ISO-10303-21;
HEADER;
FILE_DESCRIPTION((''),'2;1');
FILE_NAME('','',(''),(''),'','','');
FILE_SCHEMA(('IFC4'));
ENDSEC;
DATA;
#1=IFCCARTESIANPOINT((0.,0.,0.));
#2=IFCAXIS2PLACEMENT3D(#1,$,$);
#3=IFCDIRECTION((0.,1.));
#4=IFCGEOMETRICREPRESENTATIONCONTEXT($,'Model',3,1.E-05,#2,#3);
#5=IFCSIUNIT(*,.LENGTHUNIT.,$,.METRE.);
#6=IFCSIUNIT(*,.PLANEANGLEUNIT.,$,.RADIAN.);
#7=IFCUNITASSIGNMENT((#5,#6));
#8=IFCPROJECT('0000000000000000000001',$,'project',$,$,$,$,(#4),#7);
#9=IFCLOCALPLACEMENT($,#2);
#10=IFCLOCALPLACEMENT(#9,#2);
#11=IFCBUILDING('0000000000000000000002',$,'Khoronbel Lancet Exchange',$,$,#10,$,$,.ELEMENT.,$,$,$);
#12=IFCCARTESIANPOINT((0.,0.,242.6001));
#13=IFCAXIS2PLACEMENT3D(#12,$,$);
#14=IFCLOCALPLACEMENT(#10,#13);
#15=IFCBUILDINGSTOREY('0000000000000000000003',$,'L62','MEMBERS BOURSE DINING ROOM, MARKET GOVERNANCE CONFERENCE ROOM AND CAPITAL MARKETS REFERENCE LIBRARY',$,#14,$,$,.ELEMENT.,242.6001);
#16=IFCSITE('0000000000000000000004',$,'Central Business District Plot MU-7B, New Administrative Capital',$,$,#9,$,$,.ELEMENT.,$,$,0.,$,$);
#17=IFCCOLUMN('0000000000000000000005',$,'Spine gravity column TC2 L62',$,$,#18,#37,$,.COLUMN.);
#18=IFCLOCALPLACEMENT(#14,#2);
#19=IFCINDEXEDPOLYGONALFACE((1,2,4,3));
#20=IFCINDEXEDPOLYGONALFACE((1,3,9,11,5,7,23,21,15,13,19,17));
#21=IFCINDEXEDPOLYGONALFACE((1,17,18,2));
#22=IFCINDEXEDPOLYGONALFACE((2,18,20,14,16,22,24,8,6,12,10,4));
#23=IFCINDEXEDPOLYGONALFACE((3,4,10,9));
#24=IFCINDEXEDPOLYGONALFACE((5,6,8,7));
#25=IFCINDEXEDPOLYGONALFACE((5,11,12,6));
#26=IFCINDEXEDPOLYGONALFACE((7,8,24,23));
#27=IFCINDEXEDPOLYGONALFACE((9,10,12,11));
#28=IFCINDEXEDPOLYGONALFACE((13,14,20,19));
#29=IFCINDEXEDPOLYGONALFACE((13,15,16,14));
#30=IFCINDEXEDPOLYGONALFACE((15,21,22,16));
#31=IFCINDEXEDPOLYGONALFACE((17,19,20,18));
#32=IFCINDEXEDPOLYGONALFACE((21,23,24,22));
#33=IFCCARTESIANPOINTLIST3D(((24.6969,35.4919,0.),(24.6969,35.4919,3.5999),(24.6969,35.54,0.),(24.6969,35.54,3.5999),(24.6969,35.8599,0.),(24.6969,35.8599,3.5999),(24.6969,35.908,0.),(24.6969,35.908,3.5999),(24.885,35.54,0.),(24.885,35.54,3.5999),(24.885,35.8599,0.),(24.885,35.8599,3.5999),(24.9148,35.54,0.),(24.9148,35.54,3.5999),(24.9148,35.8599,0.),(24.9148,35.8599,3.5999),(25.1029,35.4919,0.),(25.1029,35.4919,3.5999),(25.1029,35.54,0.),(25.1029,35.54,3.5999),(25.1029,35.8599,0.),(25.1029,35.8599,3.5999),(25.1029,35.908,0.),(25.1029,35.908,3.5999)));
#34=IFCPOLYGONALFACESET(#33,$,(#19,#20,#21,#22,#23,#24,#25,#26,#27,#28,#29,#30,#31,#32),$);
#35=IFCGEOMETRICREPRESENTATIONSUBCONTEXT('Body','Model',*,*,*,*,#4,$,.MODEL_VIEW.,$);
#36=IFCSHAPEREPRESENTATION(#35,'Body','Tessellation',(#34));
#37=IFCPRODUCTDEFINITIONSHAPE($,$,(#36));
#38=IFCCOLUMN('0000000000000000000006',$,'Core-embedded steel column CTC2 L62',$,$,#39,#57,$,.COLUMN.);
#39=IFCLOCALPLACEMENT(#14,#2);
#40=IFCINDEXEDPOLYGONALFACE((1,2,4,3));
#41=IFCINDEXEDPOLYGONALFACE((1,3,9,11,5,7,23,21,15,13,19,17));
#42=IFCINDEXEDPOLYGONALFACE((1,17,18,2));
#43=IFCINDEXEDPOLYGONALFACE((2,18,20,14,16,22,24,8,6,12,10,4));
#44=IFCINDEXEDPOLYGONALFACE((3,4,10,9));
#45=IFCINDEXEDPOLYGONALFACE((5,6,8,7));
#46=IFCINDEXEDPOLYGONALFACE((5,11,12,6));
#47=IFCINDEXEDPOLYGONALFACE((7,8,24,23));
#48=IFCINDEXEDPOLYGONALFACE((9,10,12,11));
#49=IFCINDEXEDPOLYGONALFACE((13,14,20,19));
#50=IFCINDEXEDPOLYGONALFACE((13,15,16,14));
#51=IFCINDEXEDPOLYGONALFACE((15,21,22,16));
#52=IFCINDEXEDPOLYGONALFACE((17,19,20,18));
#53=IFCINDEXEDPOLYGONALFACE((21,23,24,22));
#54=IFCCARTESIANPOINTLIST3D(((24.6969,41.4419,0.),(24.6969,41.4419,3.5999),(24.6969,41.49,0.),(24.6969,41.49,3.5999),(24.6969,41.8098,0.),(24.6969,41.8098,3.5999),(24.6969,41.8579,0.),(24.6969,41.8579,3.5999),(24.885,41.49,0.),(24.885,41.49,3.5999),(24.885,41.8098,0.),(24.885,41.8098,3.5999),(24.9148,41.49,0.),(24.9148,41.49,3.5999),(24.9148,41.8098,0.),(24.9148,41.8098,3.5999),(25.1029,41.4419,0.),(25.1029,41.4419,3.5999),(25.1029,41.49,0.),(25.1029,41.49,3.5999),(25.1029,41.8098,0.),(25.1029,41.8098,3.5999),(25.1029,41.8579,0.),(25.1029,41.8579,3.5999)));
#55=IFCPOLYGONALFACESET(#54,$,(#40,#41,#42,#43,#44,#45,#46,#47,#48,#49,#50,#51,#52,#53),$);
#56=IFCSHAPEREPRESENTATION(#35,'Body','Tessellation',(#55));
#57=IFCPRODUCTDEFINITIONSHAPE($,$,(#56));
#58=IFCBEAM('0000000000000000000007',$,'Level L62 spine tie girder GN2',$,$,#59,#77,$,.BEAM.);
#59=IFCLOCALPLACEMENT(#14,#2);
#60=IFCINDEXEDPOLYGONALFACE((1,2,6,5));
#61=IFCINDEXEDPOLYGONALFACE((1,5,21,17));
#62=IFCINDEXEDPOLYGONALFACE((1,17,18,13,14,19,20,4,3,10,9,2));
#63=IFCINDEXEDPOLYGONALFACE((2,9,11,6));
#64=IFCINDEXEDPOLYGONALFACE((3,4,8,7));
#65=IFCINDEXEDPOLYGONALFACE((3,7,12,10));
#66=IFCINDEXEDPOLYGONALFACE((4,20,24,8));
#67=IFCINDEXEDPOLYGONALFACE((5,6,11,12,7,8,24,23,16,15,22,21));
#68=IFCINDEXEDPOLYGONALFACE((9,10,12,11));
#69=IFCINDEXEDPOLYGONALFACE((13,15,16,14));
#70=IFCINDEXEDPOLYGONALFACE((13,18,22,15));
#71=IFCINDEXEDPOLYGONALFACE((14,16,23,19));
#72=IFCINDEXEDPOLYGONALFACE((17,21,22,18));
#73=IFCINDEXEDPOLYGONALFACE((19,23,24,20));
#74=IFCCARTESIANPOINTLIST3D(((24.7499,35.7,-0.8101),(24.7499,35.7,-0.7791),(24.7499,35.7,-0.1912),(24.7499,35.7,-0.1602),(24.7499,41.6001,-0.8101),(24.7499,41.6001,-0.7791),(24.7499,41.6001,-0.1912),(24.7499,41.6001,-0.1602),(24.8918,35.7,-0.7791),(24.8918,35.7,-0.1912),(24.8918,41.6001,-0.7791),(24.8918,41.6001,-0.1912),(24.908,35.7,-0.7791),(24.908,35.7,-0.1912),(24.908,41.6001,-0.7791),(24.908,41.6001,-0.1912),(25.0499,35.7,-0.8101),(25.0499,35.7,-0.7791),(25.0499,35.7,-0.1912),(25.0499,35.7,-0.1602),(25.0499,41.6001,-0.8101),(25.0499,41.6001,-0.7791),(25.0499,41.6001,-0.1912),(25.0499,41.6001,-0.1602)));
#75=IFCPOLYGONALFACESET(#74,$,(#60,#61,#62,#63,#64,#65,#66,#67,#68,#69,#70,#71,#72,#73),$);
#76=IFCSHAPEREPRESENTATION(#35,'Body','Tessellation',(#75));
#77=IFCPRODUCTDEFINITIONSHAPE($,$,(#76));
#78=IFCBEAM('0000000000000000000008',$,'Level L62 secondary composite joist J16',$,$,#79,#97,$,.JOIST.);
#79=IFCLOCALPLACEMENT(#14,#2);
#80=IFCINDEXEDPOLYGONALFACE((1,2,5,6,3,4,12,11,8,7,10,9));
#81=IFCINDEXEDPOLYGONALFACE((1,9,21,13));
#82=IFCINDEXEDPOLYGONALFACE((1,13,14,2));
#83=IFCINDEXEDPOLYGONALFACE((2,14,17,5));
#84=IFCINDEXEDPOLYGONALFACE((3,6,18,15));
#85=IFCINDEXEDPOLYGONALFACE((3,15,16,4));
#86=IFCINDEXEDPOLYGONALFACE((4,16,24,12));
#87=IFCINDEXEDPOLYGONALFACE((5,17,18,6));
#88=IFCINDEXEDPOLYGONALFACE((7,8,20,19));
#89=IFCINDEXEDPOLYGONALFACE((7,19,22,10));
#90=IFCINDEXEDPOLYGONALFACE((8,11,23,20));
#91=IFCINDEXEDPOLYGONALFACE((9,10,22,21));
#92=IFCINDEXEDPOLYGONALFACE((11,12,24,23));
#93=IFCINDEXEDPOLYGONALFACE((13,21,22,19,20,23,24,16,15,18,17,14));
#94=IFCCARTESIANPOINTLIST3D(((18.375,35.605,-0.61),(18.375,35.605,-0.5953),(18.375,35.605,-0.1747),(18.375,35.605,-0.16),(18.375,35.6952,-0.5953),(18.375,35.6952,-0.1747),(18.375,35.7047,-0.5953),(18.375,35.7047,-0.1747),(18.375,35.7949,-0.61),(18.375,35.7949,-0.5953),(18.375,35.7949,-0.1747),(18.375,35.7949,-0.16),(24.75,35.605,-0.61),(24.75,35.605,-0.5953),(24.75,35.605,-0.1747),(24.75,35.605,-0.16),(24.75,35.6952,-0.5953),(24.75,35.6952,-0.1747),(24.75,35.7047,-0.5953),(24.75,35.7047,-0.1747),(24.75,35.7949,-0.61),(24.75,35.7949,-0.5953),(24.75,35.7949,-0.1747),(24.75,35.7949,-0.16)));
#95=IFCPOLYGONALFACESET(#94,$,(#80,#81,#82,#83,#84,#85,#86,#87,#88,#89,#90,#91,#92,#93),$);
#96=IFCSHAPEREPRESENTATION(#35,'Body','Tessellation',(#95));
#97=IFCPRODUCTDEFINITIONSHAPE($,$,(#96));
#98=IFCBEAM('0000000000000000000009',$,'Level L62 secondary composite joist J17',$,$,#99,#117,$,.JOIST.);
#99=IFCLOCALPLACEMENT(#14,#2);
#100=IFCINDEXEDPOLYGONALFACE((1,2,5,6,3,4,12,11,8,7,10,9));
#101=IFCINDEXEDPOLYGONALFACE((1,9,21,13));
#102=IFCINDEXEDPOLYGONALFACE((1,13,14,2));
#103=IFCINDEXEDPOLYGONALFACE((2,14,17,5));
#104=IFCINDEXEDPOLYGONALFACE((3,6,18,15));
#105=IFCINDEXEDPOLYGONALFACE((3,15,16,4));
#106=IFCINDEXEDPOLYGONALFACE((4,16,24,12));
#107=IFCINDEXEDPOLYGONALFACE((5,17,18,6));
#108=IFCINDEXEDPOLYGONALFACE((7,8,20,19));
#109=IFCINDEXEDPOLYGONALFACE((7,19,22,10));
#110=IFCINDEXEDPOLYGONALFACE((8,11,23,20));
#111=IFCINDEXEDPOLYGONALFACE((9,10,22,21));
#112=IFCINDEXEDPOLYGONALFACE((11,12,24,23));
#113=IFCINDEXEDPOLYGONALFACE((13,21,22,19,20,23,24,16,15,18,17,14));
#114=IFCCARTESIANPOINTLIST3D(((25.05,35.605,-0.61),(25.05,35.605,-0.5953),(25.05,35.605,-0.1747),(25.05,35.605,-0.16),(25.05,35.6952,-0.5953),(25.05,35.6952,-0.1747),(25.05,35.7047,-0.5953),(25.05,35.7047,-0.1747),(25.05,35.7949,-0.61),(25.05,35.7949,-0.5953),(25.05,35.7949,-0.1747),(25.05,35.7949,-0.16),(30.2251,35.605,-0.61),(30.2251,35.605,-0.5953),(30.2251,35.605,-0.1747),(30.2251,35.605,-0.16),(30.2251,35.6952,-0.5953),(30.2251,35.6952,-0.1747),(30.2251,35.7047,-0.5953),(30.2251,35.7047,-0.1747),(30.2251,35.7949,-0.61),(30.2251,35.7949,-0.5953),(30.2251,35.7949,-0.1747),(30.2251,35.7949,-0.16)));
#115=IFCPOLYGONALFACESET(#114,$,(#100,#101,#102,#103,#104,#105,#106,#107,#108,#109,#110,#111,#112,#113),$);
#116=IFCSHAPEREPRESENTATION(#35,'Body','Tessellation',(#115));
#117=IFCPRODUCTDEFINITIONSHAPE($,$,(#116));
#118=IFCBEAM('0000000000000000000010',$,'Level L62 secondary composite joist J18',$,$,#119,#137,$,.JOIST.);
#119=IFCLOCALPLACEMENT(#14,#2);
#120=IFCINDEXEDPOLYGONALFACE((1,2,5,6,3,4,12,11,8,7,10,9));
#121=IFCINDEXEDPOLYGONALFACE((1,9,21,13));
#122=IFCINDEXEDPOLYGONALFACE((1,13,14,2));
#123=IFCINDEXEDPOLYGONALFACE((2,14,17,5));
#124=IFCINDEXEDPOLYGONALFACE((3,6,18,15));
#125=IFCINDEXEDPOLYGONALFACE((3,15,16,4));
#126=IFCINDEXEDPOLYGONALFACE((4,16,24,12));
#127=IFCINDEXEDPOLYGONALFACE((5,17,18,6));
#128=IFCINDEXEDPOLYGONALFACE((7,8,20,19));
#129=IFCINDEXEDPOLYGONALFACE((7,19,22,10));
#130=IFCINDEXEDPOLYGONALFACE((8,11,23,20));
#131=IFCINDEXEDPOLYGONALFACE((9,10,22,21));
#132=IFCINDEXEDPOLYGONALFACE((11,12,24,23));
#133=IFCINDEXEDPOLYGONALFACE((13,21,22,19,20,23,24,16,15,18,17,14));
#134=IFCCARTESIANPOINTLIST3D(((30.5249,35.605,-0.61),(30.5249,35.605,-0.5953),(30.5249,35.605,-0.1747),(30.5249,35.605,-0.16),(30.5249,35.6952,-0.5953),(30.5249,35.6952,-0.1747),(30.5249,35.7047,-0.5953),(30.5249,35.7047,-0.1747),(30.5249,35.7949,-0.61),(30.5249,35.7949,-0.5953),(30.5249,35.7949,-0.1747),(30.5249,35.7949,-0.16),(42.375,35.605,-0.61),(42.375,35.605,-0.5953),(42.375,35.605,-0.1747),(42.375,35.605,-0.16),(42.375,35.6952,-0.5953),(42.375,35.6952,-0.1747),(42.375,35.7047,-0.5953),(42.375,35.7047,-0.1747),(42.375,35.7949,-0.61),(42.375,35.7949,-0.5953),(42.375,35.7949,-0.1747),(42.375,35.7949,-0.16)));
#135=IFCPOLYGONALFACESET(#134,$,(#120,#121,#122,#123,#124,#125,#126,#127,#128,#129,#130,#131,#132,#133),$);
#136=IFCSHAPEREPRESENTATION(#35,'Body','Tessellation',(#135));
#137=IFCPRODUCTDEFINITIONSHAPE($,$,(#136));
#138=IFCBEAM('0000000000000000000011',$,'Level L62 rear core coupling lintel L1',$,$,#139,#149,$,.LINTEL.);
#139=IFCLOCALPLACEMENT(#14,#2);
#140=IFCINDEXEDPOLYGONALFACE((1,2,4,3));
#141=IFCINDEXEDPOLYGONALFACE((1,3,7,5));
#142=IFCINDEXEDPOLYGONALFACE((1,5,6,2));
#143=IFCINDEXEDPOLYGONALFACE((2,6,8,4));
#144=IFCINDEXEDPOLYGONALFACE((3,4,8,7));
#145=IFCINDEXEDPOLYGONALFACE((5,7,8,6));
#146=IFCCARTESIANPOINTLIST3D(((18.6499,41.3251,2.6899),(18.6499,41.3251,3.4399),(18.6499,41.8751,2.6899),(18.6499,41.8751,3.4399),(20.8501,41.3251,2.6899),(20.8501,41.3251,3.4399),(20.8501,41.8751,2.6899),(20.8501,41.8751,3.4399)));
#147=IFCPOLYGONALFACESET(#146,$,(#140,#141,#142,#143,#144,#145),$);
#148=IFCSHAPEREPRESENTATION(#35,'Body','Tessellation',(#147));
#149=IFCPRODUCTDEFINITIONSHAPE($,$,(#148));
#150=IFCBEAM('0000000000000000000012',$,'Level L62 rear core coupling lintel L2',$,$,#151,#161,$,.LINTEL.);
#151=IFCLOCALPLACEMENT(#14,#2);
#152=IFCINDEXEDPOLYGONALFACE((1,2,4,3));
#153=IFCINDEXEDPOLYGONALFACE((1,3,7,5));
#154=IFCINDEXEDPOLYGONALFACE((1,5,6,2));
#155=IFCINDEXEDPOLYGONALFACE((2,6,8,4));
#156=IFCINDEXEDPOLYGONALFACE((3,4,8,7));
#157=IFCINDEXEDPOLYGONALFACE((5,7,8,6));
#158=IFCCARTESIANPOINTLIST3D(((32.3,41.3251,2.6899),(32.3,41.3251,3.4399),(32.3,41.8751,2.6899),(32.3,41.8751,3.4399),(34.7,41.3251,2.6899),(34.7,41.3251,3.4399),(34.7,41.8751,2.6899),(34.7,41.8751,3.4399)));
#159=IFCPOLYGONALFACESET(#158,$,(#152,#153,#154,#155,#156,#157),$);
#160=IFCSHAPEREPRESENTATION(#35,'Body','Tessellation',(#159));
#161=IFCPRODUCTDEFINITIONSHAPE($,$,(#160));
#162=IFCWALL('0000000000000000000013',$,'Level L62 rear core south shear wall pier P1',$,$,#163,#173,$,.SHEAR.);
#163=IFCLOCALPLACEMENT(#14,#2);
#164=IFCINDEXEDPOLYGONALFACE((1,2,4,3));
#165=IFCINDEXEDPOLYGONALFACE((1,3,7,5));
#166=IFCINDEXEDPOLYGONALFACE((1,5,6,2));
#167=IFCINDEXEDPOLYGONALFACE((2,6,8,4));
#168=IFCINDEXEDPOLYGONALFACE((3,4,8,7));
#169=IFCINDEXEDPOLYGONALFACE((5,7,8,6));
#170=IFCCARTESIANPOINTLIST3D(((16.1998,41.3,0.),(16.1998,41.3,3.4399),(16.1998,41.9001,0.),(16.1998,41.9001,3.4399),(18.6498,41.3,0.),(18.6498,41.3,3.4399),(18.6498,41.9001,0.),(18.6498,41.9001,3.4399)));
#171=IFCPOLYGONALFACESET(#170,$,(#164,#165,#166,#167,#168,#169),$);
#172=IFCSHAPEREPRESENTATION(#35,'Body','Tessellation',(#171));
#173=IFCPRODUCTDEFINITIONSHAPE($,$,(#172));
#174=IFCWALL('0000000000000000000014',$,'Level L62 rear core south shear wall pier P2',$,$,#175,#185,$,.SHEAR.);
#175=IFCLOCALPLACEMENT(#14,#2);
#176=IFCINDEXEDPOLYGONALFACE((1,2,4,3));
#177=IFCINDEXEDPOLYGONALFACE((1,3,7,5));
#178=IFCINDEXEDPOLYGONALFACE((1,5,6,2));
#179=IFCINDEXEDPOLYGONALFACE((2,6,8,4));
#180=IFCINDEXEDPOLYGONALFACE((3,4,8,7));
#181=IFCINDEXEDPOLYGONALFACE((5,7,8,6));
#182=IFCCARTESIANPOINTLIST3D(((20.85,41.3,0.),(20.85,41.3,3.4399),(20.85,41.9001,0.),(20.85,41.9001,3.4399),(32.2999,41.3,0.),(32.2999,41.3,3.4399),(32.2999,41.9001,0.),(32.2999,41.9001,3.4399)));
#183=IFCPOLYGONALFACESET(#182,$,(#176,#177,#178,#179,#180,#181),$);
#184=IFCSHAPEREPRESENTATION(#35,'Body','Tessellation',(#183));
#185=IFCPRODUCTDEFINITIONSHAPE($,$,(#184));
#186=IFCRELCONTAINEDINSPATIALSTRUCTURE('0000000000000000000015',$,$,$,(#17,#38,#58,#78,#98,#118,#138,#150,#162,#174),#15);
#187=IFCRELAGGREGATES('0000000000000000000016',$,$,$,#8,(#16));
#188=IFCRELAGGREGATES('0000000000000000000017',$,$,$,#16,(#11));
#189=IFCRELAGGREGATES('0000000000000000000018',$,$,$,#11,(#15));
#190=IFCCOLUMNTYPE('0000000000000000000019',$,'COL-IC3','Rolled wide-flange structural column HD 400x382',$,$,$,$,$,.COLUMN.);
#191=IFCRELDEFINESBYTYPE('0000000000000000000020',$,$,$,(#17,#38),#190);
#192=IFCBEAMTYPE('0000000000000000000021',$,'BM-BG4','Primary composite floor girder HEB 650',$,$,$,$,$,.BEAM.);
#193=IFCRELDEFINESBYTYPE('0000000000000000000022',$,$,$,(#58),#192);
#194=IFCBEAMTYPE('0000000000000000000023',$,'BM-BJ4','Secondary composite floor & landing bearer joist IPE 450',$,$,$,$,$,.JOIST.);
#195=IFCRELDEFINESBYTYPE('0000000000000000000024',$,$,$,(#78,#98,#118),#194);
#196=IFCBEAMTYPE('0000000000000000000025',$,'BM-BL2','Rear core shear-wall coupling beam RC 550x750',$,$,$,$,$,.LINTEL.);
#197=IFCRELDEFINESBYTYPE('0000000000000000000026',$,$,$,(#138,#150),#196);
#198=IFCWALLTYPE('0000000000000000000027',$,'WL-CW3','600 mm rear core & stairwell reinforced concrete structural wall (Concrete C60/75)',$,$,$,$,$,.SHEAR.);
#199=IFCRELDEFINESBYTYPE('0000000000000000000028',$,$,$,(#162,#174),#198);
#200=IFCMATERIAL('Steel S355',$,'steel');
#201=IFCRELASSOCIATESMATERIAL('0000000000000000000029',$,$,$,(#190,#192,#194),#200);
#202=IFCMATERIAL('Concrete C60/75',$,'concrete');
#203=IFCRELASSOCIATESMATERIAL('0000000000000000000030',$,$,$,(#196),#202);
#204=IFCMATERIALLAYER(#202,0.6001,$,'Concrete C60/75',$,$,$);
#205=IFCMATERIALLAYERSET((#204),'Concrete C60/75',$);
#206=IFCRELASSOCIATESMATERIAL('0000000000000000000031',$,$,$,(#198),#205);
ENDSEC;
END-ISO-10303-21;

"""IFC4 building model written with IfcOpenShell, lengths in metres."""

from ifc_helpers import new_model, si_unit, direction, frame, frame_2d, origin, origin_2d, place, context, subcontext, project, spatial, rectangle, i_section, extrude, material, layer, layer_set, material_profile, profile_set, type_object, element, save


model = new_model("IFC4")

# Units and contexts
model_context = context("Model", 3, precision=1e-05, world=origin(), true_north=direction((0.0, 1.0)))
body_context = subcontext(model_context, "Body", "Model", "MODEL_VIEW")
ifc_project = project(units=[si_unit("LENGTHUNIT", "METRE"), si_unit("PLANEANGLEUNIT", "RADIAN")], contexts=[model_context])

# Site, building, storey
site_placement = place(None, origin())
site = spatial("IfcSite", under=ifc_project, at=site_placement, Name="Central Business District Plot MU-7B, New Administrative Capital", CompositionType="ELEMENT", RefElevation=0.0)
building_placement = place(site_placement, origin())
building = spatial("IfcBuilding", under=site, at=building_placement, Name="Khoronbel Lancet Exchange", CompositionType="ELEMENT")
storey_placement = place(building_placement, frame((0.0, 0.0, 242.6001)))
storey = spatial("IfcBuildingStorey", under=building, at=storey_placement, Name="L62", Description="MEMBERS BOURSE DINING ROOM, MARKET GOVERNANCE CONFERENCE ROOM AND CAPITAL MARKETS REFERENCE LIBRARY", CompositionType="ELEMENT", Elevation=242.6001)

# Columns
ifc_material_1 = material(Name="Steel S355", Category="steel")
ifc_material_profile_1 = material_profile(ifc_material_1, i_section(OverallWidth=0.406, OverallDepth=0.416, WebThickness=0.0298, FlangeThickness=0.0481, at=origin_2d()), Name="HD 400x382")
ifc_profile_set_1 = profile_set([ifc_material_profile_1], Name="Steel S355")
column_type = type_object("IfcColumnType", Name="COL-IC3", Description="Rolled wide-flange structural column HD 400x382", PredefinedType="COLUMN", material=ifc_profile_set_1)
for number, where, z_axis, x_axis, name in (
    (1, (24.8999, 35.7, 0.0), (0.0, 0.0, 1.0), (1.0, 0.0, 0.0), "Spine gravity column TC2 L62"),
    (2, (24.8999, 41.6499, 0.0), (0.0, 0.0, 1.0), (1.0, 0.0, 0.0), "Core-embedded steel column CTC2 L62"),
):
    element("IfcColumn", number, at=place(storey_placement, frame(where, z_axis=z_axis, x_axis=x_axis)), inside=storey, type_object=column_type, Name=name, PredefinedType="COLUMN", context=body_context, shape_type="SweptSolid", body=[
        extrude(i_section(OverallWidth=0.406, OverallDepth=0.416, WebThickness=0.0298, FlangeThickness=0.0481, at=origin_2d()), origin(), (0.0, 0.0, 1.0), 3.5999),
    ])

# Beams
ifc_material_profile_2 = material_profile(ifc_material_1, i_section(OverallWidth=0.3, OverallDepth=0.6499, WebThickness=0.0161, FlangeThickness=0.031, at=origin_2d()), Name="HEB 650")
ifc_profile_set_2 = profile_set([ifc_material_profile_2], Name="Steel S355")
beam_type_1 = type_object("IfcBeamType", Name="BM-BG4", Description="Primary composite floor girder HEB 650", PredefinedType="BEAM", material=ifc_profile_set_2)
beam_1_placement = place(storey_placement, frame((24.8999, 35.7, -0.4851), z_axis=(0.0, 1.0, 0.0), x_axis=(-1.0, 0.0, 0.0)))
element("IfcBeam", 3, at=beam_1_placement, inside=storey, type_object=beam_type_1, Name="Level L62 spine tie girder GN2", PredefinedType="BEAM", context=body_context, shape_type="SweptSolid", body=[
    extrude(i_section(OverallWidth=0.3, OverallDepth=0.6499, WebThickness=0.0161, FlangeThickness=0.031, at=origin_2d()), origin(), (0.0, 0.0, 1.0), 5.9001),
])
ifc_material_profile_3 = material_profile(ifc_material_1, i_section(OverallWidth=0.1899, OverallDepth=0.45, WebThickness=0.0095, FlangeThickness=0.0146, at=origin_2d()), Name="IPE 450")
ifc_profile_set_3 = profile_set([ifc_material_profile_3], Name="Steel S355")
beam_type_2 = type_object("IfcBeamType", Name="BM-BJ4", Description="Secondary composite floor & landing bearer joist IPE 450", PredefinedType="JOIST", material=ifc_profile_set_3)
beam_2_placement = place(storey_placement, frame((18.375, 35.7, -0.385), z_axis=(1.0, 0.0, 0.0), x_axis=(0.0, 1.0, 0.0)))
element("IfcBeam", 4, at=beam_2_placement, inside=storey, type_object=beam_type_2, Name="Level L62 secondary composite joist J16", PredefinedType="JOIST", context=body_context, shape_type="SweptSolid", body=[
    extrude(i_section(OverallWidth=0.1899, OverallDepth=0.45, WebThickness=0.0095, FlangeThickness=0.0146, at=origin_2d()), origin(), (0.0, 0.0, 1.0), 6.375),
])
beam_3_placement = place(storey_placement, frame((25.05, 35.7, -0.385), z_axis=(1.0, 0.0, 0.0), x_axis=(0.0, 1.0, 0.0)))
element("IfcBeam", 5, at=beam_3_placement, inside=storey, type_object=beam_type_2, Name="Level L62 secondary composite joist J17", PredefinedType="JOIST", context=body_context, shape_type="SweptSolid", body=[
    extrude(i_section(OverallWidth=0.1899, OverallDepth=0.45, WebThickness=0.0095, FlangeThickness=0.0146, at=origin_2d()), origin(), (0.0, 0.0, 1.0), 5.175),
])
beam_4_placement = place(storey_placement, frame((30.5249, 35.7, -0.385), z_axis=(1.0, 0.0, 0.0), x_axis=(0.0, 1.0, 0.0)))
element("IfcBeam", 6, at=beam_4_placement, inside=storey, type_object=beam_type_2, Name="Level L62 secondary composite joist J18", PredefinedType="JOIST", context=body_context, shape_type="SweptSolid", body=[
    extrude(i_section(OverallWidth=0.1899, OverallDepth=0.45, WebThickness=0.0095, FlangeThickness=0.0146, at=origin_2d()), origin(), (0.0, 0.0, 1.0), 11.8501),
])
ifc_material_2 = material(Name="Concrete C60/75", Category="concrete")
ifc_material_profile_4 = material_profile(ifc_material_2, rectangle(XDim=0.55, YDim=0.75, at=origin_2d()), Name="RC 550x750")
ifc_profile_set_4 = profile_set([ifc_material_profile_4], Name="Concrete C60/75")
beam_type_3 = type_object("IfcBeamType", Name="BM-BL2", Description="Rear core shear-wall coupling beam RC 550x750", PredefinedType="LINTEL", material=ifc_profile_set_4)
beam_5_placement = place(storey_placement, frame((18.6499, 41.6001, 3.0649), z_axis=(1.0, 0.0, 0.0), x_axis=(0.0, 1.0, 0.0)))
element("IfcBeam", 7, at=beam_5_placement, inside=storey, type_object=beam_type_3, Name="Level L62 rear core coupling lintel L1", PredefinedType="LINTEL", context=body_context, shape_type="SweptSolid", body=[
    extrude(rectangle(XDim=0.55, YDim=0.75, at=origin_2d()), origin(), (0.0, 0.0, 1.0), 2.2002),
])
beam_6_placement = place(storey_placement, frame((32.3, 41.6001, 3.0649), z_axis=(1.0, 0.0, 0.0), x_axis=(0.0, 1.0, 0.0)))
element("IfcBeam", 8, at=beam_6_placement, inside=storey, type_object=beam_type_3, Name="Level L62 rear core coupling lintel L2", PredefinedType="LINTEL", context=body_context, shape_type="SweptSolid", body=[
    extrude(rectangle(XDim=0.55, YDim=0.75, at=origin_2d()), origin(), (0.0, 0.0, 1.0), 2.3999),
])

# Walls
ifc_layer_1 = layer(ifc_material_2, 0.6001, Name="Concrete C60/75")
ifc_layer_set_1 = layer_set([ifc_layer_1], Name="Concrete C60/75")
wall_type_1 = type_object("IfcWallType", Name="WL-CW3", Description="600 mm rear core & stairwell reinforced concrete structural wall (Concrete C60/75)", PredefinedType="SHEAR", material=ifc_layer_set_1)
wall_1_placement = place(storey_placement, frame((18.6499, 41.6001, 0.0), z_axis=(0.0, 0.0, 1.0), x_axis=(-1.0, 0.0, 0.0)))
element("IfcWall", 9, at=wall_1_placement, inside=storey, type_object=wall_type_1, Name="Level L62 rear core south shear wall pier P1", PredefinedType="SHEAR", context=body_context, shape_type="SweptSolid", body=[
    extrude(rectangle(XDim=2.45, YDim=0.6001, at=frame_2d((1.2251, 0.0))), origin(), (0.0, 0.0, 1.0), 3.4399),
])
wall_2_placement = place(storey_placement, frame((32.3, 41.6001, 0.0), z_axis=(0.0, 0.0, 1.0), x_axis=(-1.0, 0.0, 0.0)))
element("IfcWall", 10, at=wall_2_placement, inside=storey, type_object=wall_type_1, Name="Level L62 rear core south shear wall pier P2", PredefinedType="SHEAR", context=body_context, shape_type="SweptSolid", body=[
    extrude(rectangle(XDim=11.45, YDim=0.6001, at=frame_2d((5.7251, 0.0))), origin(), (0.0, 0.0, 1.0), 3.4399),
])

save(model, "model.ifc")
